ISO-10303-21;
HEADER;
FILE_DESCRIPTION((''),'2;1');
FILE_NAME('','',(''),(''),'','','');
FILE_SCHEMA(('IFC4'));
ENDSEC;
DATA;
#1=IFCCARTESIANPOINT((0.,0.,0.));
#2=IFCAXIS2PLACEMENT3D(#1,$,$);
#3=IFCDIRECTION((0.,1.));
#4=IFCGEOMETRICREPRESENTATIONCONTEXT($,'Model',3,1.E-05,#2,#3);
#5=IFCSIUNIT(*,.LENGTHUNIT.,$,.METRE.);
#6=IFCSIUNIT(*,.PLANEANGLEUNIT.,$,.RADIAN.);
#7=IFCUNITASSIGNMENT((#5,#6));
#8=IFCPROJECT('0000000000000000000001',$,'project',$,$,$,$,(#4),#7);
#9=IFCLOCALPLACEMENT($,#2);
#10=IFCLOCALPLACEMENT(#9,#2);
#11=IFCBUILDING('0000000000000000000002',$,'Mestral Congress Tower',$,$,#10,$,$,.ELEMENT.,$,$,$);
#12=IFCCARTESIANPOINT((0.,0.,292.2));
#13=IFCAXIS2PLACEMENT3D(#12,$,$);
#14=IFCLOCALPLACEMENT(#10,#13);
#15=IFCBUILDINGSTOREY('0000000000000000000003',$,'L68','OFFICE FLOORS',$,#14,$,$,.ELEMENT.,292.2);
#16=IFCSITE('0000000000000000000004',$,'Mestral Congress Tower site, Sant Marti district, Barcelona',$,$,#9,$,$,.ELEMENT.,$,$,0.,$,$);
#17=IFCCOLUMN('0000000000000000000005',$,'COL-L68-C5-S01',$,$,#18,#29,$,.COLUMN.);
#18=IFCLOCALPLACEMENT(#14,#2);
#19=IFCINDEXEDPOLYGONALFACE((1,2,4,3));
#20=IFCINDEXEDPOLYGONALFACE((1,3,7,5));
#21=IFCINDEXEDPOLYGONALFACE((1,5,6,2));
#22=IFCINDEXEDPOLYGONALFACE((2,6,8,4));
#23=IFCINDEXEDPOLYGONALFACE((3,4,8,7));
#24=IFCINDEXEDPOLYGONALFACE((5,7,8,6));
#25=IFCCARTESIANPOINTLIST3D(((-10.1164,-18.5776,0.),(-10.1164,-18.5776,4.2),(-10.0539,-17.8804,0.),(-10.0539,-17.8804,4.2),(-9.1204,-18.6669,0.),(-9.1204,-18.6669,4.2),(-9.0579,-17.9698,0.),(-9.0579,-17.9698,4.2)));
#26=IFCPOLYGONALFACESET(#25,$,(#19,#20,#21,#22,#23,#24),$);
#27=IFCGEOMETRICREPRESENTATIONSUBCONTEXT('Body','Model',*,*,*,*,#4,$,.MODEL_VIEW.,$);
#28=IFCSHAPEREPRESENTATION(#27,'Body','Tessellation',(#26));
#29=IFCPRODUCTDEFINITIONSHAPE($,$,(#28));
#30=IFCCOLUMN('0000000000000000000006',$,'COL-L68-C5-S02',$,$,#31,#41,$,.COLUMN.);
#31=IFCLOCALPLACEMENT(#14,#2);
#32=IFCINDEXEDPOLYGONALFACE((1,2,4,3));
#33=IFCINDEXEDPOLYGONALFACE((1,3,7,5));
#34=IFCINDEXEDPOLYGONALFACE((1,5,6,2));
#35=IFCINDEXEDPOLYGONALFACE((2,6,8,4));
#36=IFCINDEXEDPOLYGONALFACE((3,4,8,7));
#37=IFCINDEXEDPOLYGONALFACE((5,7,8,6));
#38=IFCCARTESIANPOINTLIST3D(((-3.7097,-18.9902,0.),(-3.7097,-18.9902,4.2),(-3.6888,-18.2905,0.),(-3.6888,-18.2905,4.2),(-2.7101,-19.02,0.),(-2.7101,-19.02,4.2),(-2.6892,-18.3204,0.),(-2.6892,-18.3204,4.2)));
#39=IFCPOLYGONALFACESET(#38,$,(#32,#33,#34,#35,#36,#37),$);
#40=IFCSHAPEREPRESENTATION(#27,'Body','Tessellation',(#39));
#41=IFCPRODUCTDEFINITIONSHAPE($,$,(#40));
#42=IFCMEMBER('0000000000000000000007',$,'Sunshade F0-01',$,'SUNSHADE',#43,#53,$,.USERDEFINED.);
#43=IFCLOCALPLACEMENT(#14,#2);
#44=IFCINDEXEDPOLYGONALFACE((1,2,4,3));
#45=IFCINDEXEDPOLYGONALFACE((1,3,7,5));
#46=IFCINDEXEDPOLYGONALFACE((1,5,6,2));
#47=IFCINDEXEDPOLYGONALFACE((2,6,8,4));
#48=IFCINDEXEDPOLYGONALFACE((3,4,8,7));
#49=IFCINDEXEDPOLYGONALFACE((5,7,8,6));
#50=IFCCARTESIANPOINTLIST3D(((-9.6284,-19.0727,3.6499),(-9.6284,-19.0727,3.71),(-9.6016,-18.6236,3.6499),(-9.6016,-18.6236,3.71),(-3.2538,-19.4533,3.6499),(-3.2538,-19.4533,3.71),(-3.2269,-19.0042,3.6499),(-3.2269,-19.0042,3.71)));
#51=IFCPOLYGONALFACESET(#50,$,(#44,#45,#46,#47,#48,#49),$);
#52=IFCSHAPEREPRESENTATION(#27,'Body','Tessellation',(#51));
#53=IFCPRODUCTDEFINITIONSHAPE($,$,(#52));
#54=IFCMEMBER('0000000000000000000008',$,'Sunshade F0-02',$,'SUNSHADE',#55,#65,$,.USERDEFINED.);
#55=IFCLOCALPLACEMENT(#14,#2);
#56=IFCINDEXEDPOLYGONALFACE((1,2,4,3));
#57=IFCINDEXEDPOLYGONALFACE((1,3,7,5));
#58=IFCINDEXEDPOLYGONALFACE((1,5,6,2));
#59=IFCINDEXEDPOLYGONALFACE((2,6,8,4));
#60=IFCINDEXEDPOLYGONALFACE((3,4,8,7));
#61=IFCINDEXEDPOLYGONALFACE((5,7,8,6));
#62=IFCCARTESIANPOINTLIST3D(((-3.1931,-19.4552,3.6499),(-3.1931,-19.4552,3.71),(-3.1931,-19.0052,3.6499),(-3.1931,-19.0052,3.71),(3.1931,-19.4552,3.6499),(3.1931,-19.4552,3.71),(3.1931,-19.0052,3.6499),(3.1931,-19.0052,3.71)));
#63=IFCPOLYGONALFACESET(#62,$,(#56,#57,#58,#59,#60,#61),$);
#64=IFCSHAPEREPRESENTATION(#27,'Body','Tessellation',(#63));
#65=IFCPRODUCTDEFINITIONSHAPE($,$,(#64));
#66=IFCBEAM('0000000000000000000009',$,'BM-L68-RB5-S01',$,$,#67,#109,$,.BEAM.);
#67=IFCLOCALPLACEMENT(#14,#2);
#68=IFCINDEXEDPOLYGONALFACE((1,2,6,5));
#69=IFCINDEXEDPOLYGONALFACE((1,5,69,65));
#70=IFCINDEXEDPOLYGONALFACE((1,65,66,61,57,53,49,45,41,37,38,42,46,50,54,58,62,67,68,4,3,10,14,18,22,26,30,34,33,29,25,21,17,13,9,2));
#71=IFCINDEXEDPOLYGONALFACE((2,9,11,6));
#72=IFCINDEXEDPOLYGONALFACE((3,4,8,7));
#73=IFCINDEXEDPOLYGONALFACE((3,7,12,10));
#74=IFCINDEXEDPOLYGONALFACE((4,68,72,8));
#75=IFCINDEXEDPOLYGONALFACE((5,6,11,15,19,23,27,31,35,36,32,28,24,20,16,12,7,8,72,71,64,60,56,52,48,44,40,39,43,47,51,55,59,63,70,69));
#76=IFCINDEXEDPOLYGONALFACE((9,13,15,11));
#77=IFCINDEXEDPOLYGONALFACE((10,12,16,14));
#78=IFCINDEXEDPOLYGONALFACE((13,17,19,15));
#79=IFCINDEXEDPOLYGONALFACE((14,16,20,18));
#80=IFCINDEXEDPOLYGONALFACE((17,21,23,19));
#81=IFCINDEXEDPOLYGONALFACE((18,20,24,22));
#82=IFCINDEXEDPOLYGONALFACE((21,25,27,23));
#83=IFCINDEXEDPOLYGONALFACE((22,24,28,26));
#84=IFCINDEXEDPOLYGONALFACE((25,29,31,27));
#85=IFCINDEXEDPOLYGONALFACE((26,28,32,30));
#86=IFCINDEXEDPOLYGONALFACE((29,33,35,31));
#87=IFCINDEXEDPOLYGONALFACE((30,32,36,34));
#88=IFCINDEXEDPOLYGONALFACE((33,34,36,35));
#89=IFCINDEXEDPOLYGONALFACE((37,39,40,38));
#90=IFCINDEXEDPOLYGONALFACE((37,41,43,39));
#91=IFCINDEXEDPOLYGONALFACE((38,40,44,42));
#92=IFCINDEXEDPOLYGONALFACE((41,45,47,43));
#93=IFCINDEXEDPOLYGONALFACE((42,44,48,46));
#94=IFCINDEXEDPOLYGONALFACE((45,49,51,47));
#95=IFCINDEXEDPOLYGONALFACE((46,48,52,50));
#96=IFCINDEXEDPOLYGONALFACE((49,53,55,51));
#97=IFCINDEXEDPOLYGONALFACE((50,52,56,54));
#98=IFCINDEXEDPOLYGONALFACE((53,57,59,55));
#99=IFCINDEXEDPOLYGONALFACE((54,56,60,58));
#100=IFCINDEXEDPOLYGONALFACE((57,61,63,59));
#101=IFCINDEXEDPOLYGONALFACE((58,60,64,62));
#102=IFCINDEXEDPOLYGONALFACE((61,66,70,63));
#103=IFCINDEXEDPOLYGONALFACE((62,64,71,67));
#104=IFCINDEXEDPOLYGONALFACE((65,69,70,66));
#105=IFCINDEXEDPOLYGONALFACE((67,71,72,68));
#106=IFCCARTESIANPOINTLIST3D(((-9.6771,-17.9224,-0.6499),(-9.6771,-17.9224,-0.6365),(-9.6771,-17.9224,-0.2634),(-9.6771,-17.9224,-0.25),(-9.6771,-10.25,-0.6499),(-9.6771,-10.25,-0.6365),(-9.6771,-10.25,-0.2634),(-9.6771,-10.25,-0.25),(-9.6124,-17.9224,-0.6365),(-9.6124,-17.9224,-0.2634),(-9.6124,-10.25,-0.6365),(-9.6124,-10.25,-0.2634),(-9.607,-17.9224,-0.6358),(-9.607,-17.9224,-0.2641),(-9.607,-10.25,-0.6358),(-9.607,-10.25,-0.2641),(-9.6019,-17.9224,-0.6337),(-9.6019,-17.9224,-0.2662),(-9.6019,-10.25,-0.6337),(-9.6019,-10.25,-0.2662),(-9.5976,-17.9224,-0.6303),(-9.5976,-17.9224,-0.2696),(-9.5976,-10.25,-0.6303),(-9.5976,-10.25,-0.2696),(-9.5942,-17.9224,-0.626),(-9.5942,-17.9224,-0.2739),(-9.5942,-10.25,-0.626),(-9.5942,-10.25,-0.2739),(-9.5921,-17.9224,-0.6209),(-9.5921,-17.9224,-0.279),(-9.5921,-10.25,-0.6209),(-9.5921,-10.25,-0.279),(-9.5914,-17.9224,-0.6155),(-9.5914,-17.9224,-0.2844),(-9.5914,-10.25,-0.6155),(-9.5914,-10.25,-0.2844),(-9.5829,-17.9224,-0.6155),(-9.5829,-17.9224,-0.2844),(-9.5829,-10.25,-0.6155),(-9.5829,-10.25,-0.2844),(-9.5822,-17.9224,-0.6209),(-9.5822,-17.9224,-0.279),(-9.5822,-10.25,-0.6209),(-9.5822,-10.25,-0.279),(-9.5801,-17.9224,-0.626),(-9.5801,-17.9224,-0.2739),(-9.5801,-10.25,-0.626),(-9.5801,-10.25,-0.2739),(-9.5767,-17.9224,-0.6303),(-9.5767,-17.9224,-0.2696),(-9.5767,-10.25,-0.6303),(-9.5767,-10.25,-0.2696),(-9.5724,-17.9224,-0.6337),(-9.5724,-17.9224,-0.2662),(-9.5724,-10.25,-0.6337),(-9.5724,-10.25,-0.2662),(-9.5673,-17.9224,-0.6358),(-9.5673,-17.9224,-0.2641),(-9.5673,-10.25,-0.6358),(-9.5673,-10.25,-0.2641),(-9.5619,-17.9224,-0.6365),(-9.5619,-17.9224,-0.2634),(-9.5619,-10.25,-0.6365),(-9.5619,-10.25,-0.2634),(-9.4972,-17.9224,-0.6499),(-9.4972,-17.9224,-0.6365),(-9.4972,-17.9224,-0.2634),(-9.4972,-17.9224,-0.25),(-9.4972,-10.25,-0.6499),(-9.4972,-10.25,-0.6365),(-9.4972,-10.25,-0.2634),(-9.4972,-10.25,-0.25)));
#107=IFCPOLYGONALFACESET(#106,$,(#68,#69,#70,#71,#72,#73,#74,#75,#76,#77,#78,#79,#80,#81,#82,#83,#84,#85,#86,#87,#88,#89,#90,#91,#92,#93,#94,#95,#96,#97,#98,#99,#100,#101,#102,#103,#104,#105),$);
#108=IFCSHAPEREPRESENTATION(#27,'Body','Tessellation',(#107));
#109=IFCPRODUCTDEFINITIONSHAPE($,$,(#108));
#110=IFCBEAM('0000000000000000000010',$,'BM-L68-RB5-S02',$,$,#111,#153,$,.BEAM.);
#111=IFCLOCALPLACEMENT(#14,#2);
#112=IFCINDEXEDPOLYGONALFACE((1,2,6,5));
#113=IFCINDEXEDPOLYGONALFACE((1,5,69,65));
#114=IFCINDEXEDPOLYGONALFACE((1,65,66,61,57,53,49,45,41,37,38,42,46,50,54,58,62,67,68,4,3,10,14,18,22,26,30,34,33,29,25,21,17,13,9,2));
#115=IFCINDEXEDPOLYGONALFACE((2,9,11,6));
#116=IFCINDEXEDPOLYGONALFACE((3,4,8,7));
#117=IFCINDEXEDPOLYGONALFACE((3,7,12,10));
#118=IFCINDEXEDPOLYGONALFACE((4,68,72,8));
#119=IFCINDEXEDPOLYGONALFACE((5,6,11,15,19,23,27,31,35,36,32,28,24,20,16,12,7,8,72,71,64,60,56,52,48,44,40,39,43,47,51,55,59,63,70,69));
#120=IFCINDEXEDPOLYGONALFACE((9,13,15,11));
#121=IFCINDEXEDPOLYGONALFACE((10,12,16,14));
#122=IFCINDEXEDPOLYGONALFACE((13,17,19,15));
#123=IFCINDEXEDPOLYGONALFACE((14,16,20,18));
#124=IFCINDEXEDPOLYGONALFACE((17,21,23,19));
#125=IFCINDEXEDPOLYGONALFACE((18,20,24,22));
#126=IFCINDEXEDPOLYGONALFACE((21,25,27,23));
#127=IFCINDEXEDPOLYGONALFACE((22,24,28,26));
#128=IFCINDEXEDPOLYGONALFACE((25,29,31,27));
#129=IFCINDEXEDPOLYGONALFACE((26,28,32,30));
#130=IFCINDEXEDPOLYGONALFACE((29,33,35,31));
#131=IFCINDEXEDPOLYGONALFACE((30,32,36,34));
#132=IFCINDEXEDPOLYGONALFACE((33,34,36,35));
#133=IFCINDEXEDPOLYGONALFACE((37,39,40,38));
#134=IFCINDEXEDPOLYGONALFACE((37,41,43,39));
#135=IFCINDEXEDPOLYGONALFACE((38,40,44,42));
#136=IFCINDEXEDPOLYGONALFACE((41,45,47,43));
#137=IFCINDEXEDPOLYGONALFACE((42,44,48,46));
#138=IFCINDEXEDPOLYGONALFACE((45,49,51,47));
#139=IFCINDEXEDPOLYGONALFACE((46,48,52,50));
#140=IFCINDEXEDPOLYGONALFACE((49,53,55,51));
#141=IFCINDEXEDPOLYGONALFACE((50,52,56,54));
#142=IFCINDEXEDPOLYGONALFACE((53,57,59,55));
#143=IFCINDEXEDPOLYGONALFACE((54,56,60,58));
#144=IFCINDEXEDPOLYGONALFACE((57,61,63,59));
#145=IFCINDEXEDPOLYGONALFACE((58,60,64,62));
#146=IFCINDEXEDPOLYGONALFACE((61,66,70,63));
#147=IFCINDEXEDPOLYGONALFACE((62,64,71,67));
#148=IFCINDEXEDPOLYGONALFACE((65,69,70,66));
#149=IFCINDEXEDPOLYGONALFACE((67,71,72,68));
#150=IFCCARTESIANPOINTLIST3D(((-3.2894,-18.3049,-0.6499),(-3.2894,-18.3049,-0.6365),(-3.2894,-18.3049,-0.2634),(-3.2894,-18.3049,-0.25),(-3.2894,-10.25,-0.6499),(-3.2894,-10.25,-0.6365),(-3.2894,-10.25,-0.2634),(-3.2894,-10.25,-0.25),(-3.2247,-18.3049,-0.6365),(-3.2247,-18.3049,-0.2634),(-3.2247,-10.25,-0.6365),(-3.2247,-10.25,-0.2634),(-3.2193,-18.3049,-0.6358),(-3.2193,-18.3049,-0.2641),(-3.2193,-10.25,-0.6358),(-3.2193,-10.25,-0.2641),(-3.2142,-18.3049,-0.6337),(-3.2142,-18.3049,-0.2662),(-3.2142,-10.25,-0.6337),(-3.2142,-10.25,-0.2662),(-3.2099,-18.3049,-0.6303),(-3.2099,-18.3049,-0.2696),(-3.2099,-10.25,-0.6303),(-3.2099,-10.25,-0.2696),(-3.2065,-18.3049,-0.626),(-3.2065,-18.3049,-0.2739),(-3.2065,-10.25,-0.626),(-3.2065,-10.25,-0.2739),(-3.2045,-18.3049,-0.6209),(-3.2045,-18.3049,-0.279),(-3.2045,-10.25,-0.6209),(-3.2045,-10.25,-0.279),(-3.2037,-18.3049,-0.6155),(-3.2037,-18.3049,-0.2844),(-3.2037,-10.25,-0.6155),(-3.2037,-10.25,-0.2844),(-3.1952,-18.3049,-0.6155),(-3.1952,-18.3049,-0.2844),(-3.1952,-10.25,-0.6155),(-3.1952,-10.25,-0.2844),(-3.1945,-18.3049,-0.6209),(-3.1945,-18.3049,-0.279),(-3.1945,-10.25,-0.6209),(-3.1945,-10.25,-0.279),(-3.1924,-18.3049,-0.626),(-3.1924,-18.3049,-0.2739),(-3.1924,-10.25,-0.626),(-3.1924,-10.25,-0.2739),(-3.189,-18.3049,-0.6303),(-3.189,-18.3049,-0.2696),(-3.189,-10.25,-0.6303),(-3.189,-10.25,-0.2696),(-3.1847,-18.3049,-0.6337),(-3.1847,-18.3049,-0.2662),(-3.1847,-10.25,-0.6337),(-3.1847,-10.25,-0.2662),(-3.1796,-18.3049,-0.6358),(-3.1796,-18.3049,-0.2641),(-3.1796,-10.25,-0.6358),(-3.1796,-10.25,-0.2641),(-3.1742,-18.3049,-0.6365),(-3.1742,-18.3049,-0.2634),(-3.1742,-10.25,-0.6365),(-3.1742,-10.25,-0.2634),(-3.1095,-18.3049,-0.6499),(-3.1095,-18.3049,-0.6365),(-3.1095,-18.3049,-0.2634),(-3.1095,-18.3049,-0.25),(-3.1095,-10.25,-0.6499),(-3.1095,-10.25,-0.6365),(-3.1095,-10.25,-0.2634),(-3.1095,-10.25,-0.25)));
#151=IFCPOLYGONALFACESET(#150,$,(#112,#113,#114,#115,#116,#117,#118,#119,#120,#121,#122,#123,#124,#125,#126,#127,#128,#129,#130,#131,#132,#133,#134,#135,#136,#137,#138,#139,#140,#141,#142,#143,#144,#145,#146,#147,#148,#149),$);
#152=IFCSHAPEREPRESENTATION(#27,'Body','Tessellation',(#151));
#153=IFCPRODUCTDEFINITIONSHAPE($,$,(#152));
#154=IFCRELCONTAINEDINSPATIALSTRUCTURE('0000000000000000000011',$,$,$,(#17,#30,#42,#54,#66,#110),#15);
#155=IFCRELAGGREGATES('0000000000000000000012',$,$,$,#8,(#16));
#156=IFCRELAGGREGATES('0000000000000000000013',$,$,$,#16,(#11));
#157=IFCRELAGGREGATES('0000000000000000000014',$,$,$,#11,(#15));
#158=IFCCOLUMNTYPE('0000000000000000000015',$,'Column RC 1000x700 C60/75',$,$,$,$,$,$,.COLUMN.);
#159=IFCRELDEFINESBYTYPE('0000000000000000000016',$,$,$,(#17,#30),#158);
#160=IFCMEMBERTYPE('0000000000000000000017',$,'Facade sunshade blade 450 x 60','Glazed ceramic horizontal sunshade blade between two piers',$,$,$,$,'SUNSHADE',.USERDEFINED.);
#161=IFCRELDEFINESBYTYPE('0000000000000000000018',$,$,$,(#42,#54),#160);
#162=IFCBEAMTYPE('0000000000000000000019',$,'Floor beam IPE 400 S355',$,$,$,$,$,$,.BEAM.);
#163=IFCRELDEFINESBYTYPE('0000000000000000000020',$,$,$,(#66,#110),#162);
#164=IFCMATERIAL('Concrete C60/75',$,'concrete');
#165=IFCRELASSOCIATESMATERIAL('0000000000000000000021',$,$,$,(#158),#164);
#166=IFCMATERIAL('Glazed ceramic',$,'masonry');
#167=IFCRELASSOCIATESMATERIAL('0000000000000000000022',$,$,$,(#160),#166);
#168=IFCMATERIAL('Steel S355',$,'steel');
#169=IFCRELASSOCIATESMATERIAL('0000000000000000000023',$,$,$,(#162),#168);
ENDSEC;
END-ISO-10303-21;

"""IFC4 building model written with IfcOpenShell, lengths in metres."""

from ifc_helpers import new_model, si_unit, direction, frame, origin, origin_2d, place, context, subcontext, project, spatial, rectangle, i_section, extrude, material, material_profile, profile_set, type_object, element, save


model = new_model("IFC4")

# Units and contexts
model_context = context("Model", 3, precision=1e-05, world=origin(), true_north=direction((0.0, 1.0)))
body_context = subcontext(model_context, "Body", "Model", "MODEL_VIEW")
ifc_project = project(units=[si_unit("LENGTHUNIT", "METRE"), si_unit("PLANEANGLEUNIT", "RADIAN")], contexts=[model_context])

# Site, building, storey
site_placement = place(None, origin())
site = spatial("IfcSite", under=ifc_project, at=site_placement, Name="Mestral Congress Tower site, Sant Marti district, Barcelona", CompositionType="ELEMENT", RefElevation=0.0)
building_placement = place(site_placement, origin())
building = spatial("IfcBuilding", under=site, at=building_placement, Name="Mestral Congress Tower", CompositionType="ELEMENT")
storey_placement = place(building_placement, frame((0.0, 0.0, 292.2)))
storey = spatial("IfcBuildingStorey", under=building, at=storey_placement, Name="L68", Description="OFFICE FLOORS", CompositionType="ELEMENT", Elevation=292.2)

# Columns
ifc_material_1 = material(Name="Concrete C60/75", Category="concrete")
ifc_material_profile_1 = material_profile(ifc_material_1, rectangle(XDim=1.0, YDim=0.7, at=origin_2d()), Name="RC 1000x700")
ifc_profile_set_1 = profile_set([ifc_material_profile_1], Name="Concrete C60/75")
column_type = type_object("IfcColumnType", Name="Column RC 1000x700 C60/75", PredefinedType="COLUMN", material=ifc_profile_set_1)
for number, where, z_axis, x_axis, name in (
    (1, (-9.5872, -18.2737, 0.0), (0.0, 0.0, 1.0), (0.995998, -0.089378, 0.0), "COL-L68-C5-S01"),
    (2, (-3.1995, -18.6553, 0.0), (0.0, 0.0, 1.0), (0.999555, -0.029828, 0.0), "COL-L68-C5-S02"),
):
    element("IfcColumn", number, at=place(storey_placement, frame(where, z_axis=z_axis, x_axis=x_axis)), inside=storey, type_object=column_type, Name=name, PredefinedType="COLUMN", context=body_context, shape_type="SweptSolid", body=[
        extrude(rectangle(XDim=1.0, YDim=0.7, at=origin_2d()), origin(), (0.0, 0.0, 1.0), 4.2),
    ])

# Members
ifc_material_2 = material(Name="Glazed ceramic", Category="masonry")
ifc_material_profile_2 = material_profile(ifc_material_2, rectangle(XDim=0.45, YDim=0.0601, at=origin_2d()), Name="Ceramic blade 450 x 60")
ifc_profile_set_2 = profile_set([ifc_material_profile_2], Name="Glazed ceramic")
member_type = type_object("IfcMemberType", Name="Facade sunshade blade 450 x 60", Description="Glazed ceramic horizontal sunshade blade between two piers", ElementType="SUNSHADE", PredefinedType="USERDEFINED", material=ifc_profile_set_2)
member_1_placement = place(storey_placement, frame((-9.615, -18.8481, 3.6799), z_axis=(0.998222, -0.059603, 0.0), x_axis=(0.059603, 0.998222, 0.0)))
element("IfcMember", 3, at=member_1_placement, inside=storey, type_object=member_type, Name="Sunshade F0-01", ObjectType="SUNSHADE", PredefinedType="USERDEFINED", context=body_context, shape_type="SweptSolid", body=[
    extrude(rectangle(XDim=0.45, YDim=0.0601, at=origin_2d()), origin(), (0.0, 0.0, 1.0), 6.386),
])
member_2_placement = place(storey_placement, frame((-3.1931, -19.2302, 3.6799), z_axis=(1.0, 0.0, 0.0), x_axis=(0.0, 1.0, 0.0)))
element("IfcMember", 4, at=member_2_placement, inside=storey, type_object=member_type, Name="Sunshade F0-02", ObjectType="SUNSHADE", PredefinedType="USERDEFINED", context=body_context, shape_type="SweptSolid", body=[
    extrude(rectangle(XDim=0.45, YDim=0.0601, at=origin_2d()), origin(), (0.0, 0.0, 1.0), 6.3862),
])

# Beams
ifc_material_3 = material(Name="Steel S355", Category="steel")
ifc_material_profile_3 = material_profile(ifc_material_3, i_section(OverallWidth=0.1799, OverallDepth=0.3999, WebThickness=0.0085, FlangeThickness=0.0134, FilletRadius=0.021, at=origin_2d()), Name="IPE 400")
ifc_profile_set_3 = profile_set([ifc_material_profile_3], Name="Steel S355")
beam_type_1 = type_object("IfcBeamType", Name="Floor beam IPE 400 S355", PredefinedType="BEAM", material=ifc_profile_set_3)
beam_1_placement = place(storey_placement, frame((-9.5872, -17.9224, -0.45), z_axis=(0.0, 1.0, 0.0), x_axis=(-1.0, 0.0, 0.0)))
element("IfcBeam", 5, at=beam_1_placement, inside=storey, type_object=beam_type_1, Name="BM-L68-RB5-S01", PredefinedType="BEAM", context=body_context, shape_type="SweptSolid", body=[
    extrude(i_section(OverallWidth=0.1799, OverallDepth=0.3999, WebThickness=0.0085, FlangeThickness=0.0134, FilletRadius=0.021, at=origin_2d()), origin(), (0.0, 0.0, 1.0), 7.6724),
])
beam_2_placement = place(storey_placement, frame((-3.1995, -18.3049, -0.45), z_axis=(0.0, 1.0, 0.0), x_axis=(-1.0, 0.0, 0.0)))
element("IfcBeam", 6, at=beam_2_placement, inside=storey, type_object=beam_type_1, Name="BM-L68-RB5-S02", PredefinedType="BEAM", context=body_context, shape_type="SweptSolid", body=[
    extrude(i_section(OverallWidth=0.1799, OverallDepth=0.3999, WebThickness=0.0085, FlangeThickness=0.0134, FilletRadius=0.021, at=origin_2d()), origin(), (0.0, 0.0, 1.0), 8.0549),
])

save(model, "model.ifc")
